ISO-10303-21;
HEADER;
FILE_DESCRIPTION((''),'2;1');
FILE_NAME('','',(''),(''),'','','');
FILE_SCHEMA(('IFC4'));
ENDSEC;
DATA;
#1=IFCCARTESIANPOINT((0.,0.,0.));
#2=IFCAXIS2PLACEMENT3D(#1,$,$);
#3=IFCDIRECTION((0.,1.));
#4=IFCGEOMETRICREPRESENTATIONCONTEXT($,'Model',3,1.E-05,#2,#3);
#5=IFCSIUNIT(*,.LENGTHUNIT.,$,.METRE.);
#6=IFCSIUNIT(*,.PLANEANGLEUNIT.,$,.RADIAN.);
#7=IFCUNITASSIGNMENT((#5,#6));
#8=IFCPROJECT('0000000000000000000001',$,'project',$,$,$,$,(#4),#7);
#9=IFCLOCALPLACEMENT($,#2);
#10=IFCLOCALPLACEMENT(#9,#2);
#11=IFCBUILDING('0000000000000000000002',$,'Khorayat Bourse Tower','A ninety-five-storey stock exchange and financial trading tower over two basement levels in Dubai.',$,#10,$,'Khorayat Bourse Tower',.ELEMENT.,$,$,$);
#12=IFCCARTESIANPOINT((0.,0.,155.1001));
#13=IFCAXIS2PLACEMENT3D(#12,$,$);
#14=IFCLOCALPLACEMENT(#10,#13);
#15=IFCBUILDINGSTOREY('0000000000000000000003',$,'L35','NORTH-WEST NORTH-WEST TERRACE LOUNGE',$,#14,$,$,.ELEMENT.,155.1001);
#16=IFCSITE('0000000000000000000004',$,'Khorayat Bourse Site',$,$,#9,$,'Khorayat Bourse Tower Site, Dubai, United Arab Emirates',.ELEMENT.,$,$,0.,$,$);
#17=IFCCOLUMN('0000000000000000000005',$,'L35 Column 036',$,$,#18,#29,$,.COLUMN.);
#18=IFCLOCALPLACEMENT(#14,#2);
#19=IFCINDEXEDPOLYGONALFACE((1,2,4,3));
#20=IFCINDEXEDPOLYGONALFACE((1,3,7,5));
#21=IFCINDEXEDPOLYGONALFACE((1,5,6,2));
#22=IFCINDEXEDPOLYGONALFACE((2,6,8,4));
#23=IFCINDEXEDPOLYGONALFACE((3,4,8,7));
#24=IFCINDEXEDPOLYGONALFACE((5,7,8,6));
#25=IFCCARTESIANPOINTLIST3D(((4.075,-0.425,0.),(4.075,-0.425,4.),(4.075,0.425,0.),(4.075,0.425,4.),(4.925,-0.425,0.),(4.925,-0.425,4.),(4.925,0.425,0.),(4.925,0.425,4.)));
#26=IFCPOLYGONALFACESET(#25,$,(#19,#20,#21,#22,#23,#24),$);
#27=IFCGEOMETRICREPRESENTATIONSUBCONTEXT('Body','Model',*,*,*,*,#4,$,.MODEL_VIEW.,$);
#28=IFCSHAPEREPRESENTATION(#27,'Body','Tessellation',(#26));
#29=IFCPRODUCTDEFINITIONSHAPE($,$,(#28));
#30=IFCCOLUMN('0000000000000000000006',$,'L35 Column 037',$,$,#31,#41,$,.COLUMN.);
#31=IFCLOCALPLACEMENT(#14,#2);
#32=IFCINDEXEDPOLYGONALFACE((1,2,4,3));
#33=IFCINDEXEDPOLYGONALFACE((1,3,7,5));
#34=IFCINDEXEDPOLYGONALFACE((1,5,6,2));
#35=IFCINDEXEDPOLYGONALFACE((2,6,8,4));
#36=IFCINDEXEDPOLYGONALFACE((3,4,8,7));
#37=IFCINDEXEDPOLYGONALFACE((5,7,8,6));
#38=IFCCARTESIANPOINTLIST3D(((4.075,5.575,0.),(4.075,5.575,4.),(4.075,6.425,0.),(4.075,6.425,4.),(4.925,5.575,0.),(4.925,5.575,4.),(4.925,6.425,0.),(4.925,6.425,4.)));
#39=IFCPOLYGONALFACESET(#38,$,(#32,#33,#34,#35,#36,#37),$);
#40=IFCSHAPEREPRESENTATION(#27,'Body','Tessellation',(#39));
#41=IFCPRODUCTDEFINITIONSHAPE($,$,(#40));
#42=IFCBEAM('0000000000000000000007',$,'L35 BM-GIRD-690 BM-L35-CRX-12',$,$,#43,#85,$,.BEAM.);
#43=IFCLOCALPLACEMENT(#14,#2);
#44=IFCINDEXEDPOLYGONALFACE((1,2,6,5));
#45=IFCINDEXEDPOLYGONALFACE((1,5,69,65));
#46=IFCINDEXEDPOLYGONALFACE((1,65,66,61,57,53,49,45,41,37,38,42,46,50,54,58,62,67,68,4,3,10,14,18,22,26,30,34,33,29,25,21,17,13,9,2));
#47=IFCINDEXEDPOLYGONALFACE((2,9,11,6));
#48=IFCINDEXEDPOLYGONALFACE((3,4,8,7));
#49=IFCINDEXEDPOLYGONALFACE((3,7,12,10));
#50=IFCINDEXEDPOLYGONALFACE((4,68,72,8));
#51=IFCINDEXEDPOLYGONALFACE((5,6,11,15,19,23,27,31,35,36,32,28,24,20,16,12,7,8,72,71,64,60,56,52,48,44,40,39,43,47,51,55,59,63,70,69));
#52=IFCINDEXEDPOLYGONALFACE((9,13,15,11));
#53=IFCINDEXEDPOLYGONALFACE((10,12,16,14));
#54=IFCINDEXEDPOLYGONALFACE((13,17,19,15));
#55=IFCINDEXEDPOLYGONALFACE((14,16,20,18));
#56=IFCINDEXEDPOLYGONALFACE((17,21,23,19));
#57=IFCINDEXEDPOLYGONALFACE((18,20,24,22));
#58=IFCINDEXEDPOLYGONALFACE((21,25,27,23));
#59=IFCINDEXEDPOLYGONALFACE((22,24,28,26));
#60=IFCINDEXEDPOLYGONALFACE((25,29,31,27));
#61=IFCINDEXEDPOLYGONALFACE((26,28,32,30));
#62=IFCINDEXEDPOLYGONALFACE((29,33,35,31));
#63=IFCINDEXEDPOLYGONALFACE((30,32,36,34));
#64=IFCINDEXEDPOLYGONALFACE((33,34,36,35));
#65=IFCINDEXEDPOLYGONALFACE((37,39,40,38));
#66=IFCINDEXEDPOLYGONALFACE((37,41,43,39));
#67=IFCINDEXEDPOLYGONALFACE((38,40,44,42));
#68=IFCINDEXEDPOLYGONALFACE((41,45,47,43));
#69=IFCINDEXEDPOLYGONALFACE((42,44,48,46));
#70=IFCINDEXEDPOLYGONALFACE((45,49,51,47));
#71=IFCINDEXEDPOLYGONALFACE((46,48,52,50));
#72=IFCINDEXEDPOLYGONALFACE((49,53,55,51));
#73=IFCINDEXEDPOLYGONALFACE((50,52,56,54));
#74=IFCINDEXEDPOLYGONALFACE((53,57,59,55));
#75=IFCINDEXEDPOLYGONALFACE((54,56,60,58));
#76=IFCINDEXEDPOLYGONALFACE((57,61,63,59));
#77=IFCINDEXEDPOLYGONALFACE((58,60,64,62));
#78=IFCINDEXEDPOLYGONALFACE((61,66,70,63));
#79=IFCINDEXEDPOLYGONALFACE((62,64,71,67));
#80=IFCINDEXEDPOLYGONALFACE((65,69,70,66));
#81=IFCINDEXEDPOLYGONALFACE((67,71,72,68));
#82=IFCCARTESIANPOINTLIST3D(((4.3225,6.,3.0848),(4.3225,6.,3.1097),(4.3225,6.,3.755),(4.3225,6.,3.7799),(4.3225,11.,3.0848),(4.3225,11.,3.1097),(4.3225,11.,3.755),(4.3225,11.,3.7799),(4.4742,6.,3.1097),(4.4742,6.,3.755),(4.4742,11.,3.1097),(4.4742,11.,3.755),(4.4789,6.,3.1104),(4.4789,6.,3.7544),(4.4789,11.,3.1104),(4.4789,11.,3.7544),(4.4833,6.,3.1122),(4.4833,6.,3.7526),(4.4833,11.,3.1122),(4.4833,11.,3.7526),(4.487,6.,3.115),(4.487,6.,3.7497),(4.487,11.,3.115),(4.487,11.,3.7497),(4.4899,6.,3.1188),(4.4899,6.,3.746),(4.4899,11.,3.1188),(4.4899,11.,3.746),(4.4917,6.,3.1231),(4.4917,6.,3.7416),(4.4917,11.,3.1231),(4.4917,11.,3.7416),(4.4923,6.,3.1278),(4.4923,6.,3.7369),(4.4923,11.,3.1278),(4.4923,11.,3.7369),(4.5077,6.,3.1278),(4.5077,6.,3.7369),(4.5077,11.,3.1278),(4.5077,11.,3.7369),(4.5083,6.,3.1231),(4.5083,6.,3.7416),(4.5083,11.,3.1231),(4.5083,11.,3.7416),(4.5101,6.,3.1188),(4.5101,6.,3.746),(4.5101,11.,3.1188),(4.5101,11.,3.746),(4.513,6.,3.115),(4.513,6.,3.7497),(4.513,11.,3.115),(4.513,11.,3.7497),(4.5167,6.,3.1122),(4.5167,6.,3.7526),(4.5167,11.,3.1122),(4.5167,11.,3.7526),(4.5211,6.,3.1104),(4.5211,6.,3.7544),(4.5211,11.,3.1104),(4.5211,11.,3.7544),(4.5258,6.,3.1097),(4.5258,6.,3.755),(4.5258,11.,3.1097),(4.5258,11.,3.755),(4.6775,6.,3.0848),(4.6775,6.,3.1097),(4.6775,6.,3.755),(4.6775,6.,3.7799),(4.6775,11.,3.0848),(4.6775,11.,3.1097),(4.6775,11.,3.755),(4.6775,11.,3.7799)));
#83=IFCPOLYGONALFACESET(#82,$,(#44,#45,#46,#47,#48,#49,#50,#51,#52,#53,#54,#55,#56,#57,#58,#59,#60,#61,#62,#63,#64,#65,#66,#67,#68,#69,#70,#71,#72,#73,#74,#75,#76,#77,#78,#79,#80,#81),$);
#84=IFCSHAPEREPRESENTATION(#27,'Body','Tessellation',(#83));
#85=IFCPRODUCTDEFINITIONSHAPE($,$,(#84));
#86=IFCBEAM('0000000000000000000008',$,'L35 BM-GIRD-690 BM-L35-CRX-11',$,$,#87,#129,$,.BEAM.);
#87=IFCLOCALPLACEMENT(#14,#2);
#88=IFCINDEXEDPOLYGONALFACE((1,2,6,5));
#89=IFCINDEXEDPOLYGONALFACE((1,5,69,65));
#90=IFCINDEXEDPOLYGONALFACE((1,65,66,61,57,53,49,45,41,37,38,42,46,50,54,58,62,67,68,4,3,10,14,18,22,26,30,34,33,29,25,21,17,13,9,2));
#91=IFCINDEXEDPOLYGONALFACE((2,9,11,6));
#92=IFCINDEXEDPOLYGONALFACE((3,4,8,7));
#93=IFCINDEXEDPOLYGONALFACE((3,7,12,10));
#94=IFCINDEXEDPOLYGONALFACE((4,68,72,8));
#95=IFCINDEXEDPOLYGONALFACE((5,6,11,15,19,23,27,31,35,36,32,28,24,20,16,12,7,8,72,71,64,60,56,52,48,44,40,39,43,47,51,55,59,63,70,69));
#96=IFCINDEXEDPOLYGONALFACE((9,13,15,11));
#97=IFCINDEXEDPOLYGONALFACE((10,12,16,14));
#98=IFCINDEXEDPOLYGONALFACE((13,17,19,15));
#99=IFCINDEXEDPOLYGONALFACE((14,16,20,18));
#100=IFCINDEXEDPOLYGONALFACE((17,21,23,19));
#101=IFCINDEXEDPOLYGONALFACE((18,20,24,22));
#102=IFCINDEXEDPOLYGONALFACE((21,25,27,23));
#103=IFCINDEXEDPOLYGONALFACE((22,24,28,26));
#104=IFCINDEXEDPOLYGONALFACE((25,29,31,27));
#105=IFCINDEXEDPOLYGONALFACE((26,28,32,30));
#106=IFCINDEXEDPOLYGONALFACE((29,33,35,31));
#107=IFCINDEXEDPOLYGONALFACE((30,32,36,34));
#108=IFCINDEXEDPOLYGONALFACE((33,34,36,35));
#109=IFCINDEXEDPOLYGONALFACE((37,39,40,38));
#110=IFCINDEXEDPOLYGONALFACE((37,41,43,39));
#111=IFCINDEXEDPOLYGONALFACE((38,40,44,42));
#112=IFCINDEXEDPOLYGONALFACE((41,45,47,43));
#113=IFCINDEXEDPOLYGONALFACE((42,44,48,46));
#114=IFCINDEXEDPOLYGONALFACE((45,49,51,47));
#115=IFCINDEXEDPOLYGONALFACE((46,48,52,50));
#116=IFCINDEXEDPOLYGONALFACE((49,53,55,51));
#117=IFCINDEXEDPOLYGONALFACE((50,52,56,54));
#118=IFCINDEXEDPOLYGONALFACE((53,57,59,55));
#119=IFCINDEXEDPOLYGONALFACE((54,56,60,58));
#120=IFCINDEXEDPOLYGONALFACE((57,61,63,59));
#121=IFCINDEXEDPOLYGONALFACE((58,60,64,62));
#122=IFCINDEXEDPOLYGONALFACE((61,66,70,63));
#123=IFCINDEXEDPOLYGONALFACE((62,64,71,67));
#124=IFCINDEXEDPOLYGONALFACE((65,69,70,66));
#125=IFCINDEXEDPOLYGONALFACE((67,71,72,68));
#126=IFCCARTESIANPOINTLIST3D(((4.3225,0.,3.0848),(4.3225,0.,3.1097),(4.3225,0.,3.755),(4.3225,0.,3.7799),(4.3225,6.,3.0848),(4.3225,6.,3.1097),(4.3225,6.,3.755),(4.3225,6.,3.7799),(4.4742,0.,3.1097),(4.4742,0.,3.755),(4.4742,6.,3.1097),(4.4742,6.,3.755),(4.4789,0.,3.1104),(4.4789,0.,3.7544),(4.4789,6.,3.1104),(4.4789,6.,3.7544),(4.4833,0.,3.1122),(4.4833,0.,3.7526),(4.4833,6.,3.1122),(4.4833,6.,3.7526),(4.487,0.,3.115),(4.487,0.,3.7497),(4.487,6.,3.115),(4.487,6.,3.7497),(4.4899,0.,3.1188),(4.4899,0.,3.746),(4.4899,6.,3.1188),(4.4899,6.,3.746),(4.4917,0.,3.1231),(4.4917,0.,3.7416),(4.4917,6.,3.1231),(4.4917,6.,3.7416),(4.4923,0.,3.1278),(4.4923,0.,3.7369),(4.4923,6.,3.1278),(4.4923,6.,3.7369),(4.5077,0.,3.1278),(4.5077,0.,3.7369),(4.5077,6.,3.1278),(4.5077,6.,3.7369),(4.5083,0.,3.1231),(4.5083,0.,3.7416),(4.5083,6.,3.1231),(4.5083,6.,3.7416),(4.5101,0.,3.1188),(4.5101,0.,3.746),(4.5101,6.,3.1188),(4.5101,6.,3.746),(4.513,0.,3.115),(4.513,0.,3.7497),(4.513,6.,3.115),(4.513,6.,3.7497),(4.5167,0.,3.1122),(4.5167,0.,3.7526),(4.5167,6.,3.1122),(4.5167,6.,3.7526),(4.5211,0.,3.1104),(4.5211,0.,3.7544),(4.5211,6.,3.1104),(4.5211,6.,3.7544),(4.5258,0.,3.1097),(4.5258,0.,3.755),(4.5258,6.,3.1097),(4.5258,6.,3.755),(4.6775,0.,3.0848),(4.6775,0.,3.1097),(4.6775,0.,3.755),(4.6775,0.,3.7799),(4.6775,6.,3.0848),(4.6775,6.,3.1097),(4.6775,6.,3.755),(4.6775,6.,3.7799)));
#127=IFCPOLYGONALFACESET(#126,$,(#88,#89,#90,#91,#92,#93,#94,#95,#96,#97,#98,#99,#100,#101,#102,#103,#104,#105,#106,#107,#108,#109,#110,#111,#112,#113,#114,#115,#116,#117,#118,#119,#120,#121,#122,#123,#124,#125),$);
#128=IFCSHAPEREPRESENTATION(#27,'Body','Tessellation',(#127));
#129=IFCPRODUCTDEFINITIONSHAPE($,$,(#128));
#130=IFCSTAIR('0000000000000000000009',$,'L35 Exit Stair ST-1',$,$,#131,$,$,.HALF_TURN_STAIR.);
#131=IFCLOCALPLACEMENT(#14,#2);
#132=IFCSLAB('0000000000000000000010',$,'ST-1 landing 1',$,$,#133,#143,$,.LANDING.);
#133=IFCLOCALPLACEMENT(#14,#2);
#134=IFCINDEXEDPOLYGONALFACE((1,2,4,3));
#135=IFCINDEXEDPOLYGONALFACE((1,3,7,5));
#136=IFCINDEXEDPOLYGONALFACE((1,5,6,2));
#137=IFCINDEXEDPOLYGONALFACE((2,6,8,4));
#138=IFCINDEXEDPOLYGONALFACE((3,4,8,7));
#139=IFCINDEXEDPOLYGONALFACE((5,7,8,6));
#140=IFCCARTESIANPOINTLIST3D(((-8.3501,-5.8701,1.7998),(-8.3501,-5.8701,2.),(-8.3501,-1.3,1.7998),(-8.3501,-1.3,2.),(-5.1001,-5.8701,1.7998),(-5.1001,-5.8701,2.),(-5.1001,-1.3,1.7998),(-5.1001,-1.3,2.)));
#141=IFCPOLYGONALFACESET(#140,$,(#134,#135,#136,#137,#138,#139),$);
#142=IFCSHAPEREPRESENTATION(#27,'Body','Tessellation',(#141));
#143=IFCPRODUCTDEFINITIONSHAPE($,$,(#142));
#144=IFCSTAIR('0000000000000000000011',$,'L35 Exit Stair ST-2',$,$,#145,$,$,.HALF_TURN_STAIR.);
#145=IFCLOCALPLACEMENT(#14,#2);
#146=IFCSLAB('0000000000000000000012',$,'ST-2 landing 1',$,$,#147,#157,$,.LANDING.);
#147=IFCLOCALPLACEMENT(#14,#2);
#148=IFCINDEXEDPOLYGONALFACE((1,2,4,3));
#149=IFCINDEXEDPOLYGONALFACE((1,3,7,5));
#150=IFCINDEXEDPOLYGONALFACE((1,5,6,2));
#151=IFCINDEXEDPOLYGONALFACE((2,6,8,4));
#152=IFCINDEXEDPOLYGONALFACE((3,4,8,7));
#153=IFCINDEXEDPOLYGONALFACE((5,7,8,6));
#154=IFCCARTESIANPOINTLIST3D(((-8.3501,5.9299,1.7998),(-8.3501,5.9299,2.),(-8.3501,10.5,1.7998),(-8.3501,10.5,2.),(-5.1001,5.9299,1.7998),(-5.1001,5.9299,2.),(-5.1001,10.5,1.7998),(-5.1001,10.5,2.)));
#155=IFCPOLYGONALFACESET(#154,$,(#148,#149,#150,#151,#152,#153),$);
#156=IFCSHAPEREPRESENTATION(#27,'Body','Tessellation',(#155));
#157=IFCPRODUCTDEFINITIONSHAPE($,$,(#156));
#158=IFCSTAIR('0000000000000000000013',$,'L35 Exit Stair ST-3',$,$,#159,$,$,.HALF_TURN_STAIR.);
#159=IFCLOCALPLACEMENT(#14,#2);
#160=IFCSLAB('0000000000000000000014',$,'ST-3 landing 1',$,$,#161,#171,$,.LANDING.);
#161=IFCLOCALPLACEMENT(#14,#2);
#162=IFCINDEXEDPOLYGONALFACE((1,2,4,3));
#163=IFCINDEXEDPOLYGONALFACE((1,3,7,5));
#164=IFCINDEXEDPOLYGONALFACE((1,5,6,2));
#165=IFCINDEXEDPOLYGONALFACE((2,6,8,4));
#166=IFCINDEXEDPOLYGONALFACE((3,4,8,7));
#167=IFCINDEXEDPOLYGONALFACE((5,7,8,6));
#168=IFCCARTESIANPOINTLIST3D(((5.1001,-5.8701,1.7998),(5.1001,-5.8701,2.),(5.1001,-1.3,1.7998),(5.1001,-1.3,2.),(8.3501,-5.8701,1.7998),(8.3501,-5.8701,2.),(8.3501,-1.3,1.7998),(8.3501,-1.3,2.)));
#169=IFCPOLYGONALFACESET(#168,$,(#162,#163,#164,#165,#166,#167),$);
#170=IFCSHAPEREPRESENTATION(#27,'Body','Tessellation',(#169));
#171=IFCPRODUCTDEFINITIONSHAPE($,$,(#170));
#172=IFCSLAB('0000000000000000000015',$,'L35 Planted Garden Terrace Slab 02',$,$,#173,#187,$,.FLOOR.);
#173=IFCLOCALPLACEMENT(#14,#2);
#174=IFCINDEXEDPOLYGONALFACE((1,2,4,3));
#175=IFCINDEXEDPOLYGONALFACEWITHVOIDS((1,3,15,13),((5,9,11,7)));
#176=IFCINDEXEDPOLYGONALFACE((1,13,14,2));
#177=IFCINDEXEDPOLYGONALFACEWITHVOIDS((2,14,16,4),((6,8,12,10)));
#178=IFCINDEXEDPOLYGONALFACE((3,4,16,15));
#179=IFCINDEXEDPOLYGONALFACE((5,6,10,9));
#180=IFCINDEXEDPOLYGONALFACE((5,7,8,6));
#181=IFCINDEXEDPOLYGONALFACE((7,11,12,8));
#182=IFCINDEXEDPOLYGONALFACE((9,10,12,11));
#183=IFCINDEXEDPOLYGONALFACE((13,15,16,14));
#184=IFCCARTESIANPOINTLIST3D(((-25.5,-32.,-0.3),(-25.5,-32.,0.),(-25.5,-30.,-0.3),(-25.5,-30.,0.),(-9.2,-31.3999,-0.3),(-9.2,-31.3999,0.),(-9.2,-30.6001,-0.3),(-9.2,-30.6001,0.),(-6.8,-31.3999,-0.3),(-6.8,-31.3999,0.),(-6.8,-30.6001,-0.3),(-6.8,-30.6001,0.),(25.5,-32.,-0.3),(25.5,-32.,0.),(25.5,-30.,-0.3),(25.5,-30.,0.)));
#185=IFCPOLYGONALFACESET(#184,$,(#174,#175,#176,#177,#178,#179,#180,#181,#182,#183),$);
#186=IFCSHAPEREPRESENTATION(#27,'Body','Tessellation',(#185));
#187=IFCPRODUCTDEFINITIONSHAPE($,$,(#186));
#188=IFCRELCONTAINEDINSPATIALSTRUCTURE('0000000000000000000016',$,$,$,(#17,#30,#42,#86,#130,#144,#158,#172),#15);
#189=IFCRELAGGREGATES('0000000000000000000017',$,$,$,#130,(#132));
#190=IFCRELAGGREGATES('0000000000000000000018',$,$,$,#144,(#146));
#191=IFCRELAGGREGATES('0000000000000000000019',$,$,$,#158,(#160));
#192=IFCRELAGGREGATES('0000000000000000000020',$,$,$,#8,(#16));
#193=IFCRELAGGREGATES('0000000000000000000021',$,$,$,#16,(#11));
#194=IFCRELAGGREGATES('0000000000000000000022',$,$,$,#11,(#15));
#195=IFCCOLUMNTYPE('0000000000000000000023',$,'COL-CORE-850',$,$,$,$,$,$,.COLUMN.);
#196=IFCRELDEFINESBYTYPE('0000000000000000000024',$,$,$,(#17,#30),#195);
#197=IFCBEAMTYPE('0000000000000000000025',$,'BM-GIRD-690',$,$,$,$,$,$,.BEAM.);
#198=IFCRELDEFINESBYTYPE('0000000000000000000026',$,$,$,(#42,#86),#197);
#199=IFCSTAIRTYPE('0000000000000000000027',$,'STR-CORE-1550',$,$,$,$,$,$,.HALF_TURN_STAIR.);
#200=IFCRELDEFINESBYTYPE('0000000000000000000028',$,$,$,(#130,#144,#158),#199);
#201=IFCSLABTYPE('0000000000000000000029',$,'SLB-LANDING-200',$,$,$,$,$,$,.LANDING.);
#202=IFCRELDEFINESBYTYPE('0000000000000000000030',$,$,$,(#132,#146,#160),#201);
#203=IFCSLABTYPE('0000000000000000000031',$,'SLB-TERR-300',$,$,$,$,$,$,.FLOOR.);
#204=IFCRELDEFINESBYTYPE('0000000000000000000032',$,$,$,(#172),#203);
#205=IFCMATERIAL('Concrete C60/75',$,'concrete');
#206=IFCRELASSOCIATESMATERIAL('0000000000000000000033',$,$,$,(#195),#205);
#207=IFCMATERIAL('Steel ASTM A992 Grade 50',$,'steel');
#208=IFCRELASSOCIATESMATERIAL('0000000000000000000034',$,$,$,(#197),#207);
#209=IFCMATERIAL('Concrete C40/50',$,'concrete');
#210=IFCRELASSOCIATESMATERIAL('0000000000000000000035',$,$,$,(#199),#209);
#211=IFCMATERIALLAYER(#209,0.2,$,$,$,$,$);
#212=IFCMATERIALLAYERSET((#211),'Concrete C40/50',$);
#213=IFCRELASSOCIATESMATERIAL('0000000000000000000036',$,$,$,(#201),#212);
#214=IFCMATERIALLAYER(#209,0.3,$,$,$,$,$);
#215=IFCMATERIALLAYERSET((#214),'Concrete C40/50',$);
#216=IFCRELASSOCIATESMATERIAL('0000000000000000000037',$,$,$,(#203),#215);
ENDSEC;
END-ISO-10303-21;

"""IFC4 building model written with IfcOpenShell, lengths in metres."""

from ifc_helpers import new_model, si_unit, direction, frame, origin, origin_2d, place, context, subcontext, project, spatial, polyline, rectangle, i_section, outline, extrude, source, transform, mapped, material, layer, layer_set, material_profile, profile_set, type_object, element, aggregate, save


model = new_model("IFC4")

# Units and contexts
model_context = context("Model", 3, precision=1e-05, world=origin(), true_north=direction((0.0, 1.0)))
body_context = subcontext(model_context, "Body", "Model", "MODEL_VIEW")
ifc_project = project(units=[si_unit("LENGTHUNIT", "METRE"), si_unit("PLANEANGLEUNIT", "RADIAN")], contexts=[model_context])

# Site, building, storey
site_placement = place(None, origin())
site = spatial("IfcSite", under=ifc_project, at=site_placement, Name="Khorayat Bourse Site", LongName="Khorayat Bourse Tower Site, Dubai, United Arab Emirates", CompositionType="ELEMENT", RefElevation=0.0)
building_placement = place(site_placement, origin())
building = spatial("IfcBuilding", under=site, at=building_placement, Name="Khorayat Bourse Tower", Description="A ninety-five-storey stock exchange and financial trading tower over two basement levels in Dubai.", LongName="Khorayat Bourse Tower", CompositionType="ELEMENT")
storey_placement = place(building_placement, frame((0.0, 0.0, 155.1001)))
storey = spatial("IfcBuildingStorey", under=building, at=storey_placement, Name="L35", Description="NORTH-WEST NORTH-WEST TERRACE LOUNGE", CompositionType="ELEMENT", Elevation=155.1001)

# Columns
ifc_material_1 = material(Name="Concrete C60/75", Category="concrete")
ifc_material_profile_1 = material_profile(ifc_material_1, rectangle(XDim=0.8501, YDim=0.8501, at=origin_2d()), Name="RC 850x850")
ifc_profile_set_1 = profile_set([ifc_material_profile_1], Name="Concrete C60/75")
column_type = type_object("IfcColumnType", Name="COL-CORE-850", PredefinedType="COLUMN", material=ifc_profile_set_1)
shared_shape_1 = source(origin(), body_context, "Body", "SweptSolid", [
    extrude(rectangle(XDim=0.8501, YDim=0.8501, at=origin_2d()), origin(), (0.0, 0.0, 1.0), 4.0),
])
for number, where, z_axis, x_axis, name in (
    (1, (4.5, 0.0, 0.0), (0.0, 0.0, 1.0), (1.0, 0.0, 0.0), "L35 Column 036"),
    (2, (4.5, 6.0, 0.0), (0.0, 0.0, 1.0), (1.0, 0.0, 0.0), "L35 Column 037"),
):
    element("IfcColumn", number, at=place(storey_placement, frame(where, z_axis=z_axis, x_axis=x_axis)), inside=storey, type_object=column_type, Name=name, PredefinedType="COLUMN", context=body_context, shape_type="MappedRepresentation", body=[
        mapped(shared_shape_1, transform((0.0, 0.0, 0.0), scale=1.0)),
    ])

# Beams
ifc_material_2 = material(Name="Steel ASTM A992 Grade 50", Category="steel")
ifc_material_profile_2 = material_profile(ifc_material_2, i_section(OverallWidth=0.355, OverallDepth=0.6951, WebThickness=0.0154, FlangeThickness=0.0249, FilletRadius=0.0181, at=origin_2d()), Name="W690X217")
ifc_profile_set_2 = profile_set([ifc_material_profile_2], Name="Steel ASTM A992 Grade 50")
beam_type = type_object("IfcBeamType", Name="BM-GIRD-690", PredefinedType="BEAM", material=ifc_profile_set_2)
shared_shape_2 = source(origin(), body_context, "Body", "SweptSolid", [
    extrude(i_section(OverallWidth=0.355, OverallDepth=0.6951, WebThickness=0.0154, FlangeThickness=0.0249, FilletRadius=0.0181, at=origin_2d()), origin(), (0.0, 0.0, 1.0), 5.0),
])
beam_1_placement = place(storey_placement, frame((4.5, 6.0, 3.4324), z_axis=(0.0, 1.0, 0.0), x_axis=(-1.0, 0.0, 0.0)))
element("IfcBeam", 3, at=beam_1_placement, inside=storey, type_object=beam_type, Name="L35 BM-GIRD-690 BM-L35-CRX-12", PredefinedType="BEAM", context=body_context, shape_type="MappedRepresentation", body=[
    mapped(shared_shape_2, transform((0.0, 0.0, 0.0), scale=1.0)),
])
shared_shape_3 = source(origin(), body_context, "Body", "SweptSolid", [
    extrude(i_section(OverallWidth=0.355, OverallDepth=0.6951, WebThickness=0.0154, FlangeThickness=0.0249, FilletRadius=0.0181, at=origin_2d()), origin(), (0.0, 0.0, 1.0), 6.0),
])
beam_2_placement = place(storey_placement, frame((4.5, 0.0, 3.4324), z_axis=(0.0, 1.0, 0.0), x_axis=(-1.0, 0.0, 0.0)))
element("IfcBeam", 4, at=beam_2_placement, inside=storey, type_object=beam_type, Name="L35 BM-GIRD-690 BM-L35-CRX-11", PredefinedType="BEAM", context=body_context, shape_type="MappedRepresentation", body=[
    mapped(shared_shape_3, transform((0.0, 0.0, 0.0), scale=1.0)),
])

# Stairs, slabs
ifc_material_3 = material(Name="Concrete C40/50", Category="concrete")
stair_type = type_object("IfcStairType", Name="STR-CORE-1550", PredefinedType="HALF_TURN_STAIR", material=ifc_material_3)
stair_1_placement = place(storey_placement, origin())
stair_1 = element("IfcStair", 5, at=stair_1_placement, inside=storey, type_object=stair_type, Name="L35 Exit Stair ST-1", PredefinedType="HALF_TURN_STAIR")
ifc_layer_1 = layer(ifc_material_3, 0.2)
ifc_layer_set_1 = layer_set([ifc_layer_1], Name="Concrete C40/50")
slab_type_1 = type_object("IfcSlabType", Name="SLB-LANDING-200", PredefinedType="LANDING", material=ifc_layer_set_1)
slab_1_placement = place(storey_placement, frame((0.0, 0.0, 1.7998)))
slab_1 = element("IfcSlab", 6, at=slab_1_placement, type_object=slab_type_1, Name="ST-1 landing 1", PredefinedType="LANDING", context=body_context, shape_type="SweptSolid", body=[
    extrude(outline(polyline([(-5.1001, -5.8701), (-5.1001, -1.3), (-8.3501, -1.3), (-8.3501, -5.8701), (-5.1001, -5.8701)])), origin(), (0.0, 0.0, 1.0), 0.2002),
])
aggregate(stair_1, [slab_1])
stair_2_placement = place(storey_placement, origin())
stair_2 = element("IfcStair", 7, at=stair_2_placement, inside=storey, type_object=stair_type, Name="L35 Exit Stair ST-2", PredefinedType="HALF_TURN_STAIR")
slab_2_placement = place(storey_placement, frame((0.0, 0.0, 1.7998)))
slab_2 = element("IfcSlab", 8, at=slab_2_placement, type_object=slab_type_1, Name="ST-2 landing 1", PredefinedType="LANDING", context=body_context, shape_type="SweptSolid", body=[
    extrude(outline(polyline([(-5.1001, 5.9299), (-5.1001, 10.5), (-8.3501, 10.5), (-8.3501, 5.9299), (-5.1001, 5.9299)])), origin(), (0.0, 0.0, 1.0), 0.2002),
])
aggregate(stair_2, [slab_2])
stair_3_placement = place(storey_placement, origin())
stair_3 = element("IfcStair", 9, at=stair_3_placement, inside=storey, type_object=stair_type, Name="L35 Exit Stair ST-3", PredefinedType="HALF_TURN_STAIR")
slab_3_placement = place(storey_placement, frame((0.0, 0.0, 1.7998)))
slab_3 = element("IfcSlab", 10, at=slab_3_placement, type_object=slab_type_1, Name="ST-3 landing 1", PredefinedType="LANDING", context=body_context, shape_type="SweptSolid", body=[
    extrude(outline(polyline([(8.3501, -5.8701), (8.3501, -1.3), (5.1001, -1.3), (5.1001, -5.8701), (8.3501, -5.8701)])), origin(), (0.0, 0.0, 1.0), 0.2002),
])
aggregate(stair_3, [slab_3])

# Slab
ifc_layer_2 = layer(ifc_material_3, 0.3)
ifc_layer_set_2 = layer_set([ifc_layer_2], Name="Concrete C40/50")
slab_type_2 = type_object("IfcSlabType", Name="SLB-TERR-300", PredefinedType="FLOOR", material=ifc_layer_set_2)
slab_4_placement = place(storey_placement, frame((0.0, 0.0, -0.3)))
element("IfcSlab", 11, at=slab_4_placement, inside=storey, type_object=slab_type_2, Name="L35 Planted Garden Terrace Slab 02", PredefinedType="FLOOR", context=body_context, shape_type="SweptSolid", body=[
    extrude(outline(polyline([(-25.5, -32.0), (25.5, -32.0), (25.5, -30.0), (-25.5, -30.0), (-25.5, -32.0)]), holes=[polyline([(-9.2, -31.3999), (-6.8, -31.3999), (-6.8, -30.6001), (-9.2, -30.6001), (-9.2, -31.3999)])]), origin(), (0.0, 0.0, 1.0), 0.3),
])

save(model, "model.ifc")
